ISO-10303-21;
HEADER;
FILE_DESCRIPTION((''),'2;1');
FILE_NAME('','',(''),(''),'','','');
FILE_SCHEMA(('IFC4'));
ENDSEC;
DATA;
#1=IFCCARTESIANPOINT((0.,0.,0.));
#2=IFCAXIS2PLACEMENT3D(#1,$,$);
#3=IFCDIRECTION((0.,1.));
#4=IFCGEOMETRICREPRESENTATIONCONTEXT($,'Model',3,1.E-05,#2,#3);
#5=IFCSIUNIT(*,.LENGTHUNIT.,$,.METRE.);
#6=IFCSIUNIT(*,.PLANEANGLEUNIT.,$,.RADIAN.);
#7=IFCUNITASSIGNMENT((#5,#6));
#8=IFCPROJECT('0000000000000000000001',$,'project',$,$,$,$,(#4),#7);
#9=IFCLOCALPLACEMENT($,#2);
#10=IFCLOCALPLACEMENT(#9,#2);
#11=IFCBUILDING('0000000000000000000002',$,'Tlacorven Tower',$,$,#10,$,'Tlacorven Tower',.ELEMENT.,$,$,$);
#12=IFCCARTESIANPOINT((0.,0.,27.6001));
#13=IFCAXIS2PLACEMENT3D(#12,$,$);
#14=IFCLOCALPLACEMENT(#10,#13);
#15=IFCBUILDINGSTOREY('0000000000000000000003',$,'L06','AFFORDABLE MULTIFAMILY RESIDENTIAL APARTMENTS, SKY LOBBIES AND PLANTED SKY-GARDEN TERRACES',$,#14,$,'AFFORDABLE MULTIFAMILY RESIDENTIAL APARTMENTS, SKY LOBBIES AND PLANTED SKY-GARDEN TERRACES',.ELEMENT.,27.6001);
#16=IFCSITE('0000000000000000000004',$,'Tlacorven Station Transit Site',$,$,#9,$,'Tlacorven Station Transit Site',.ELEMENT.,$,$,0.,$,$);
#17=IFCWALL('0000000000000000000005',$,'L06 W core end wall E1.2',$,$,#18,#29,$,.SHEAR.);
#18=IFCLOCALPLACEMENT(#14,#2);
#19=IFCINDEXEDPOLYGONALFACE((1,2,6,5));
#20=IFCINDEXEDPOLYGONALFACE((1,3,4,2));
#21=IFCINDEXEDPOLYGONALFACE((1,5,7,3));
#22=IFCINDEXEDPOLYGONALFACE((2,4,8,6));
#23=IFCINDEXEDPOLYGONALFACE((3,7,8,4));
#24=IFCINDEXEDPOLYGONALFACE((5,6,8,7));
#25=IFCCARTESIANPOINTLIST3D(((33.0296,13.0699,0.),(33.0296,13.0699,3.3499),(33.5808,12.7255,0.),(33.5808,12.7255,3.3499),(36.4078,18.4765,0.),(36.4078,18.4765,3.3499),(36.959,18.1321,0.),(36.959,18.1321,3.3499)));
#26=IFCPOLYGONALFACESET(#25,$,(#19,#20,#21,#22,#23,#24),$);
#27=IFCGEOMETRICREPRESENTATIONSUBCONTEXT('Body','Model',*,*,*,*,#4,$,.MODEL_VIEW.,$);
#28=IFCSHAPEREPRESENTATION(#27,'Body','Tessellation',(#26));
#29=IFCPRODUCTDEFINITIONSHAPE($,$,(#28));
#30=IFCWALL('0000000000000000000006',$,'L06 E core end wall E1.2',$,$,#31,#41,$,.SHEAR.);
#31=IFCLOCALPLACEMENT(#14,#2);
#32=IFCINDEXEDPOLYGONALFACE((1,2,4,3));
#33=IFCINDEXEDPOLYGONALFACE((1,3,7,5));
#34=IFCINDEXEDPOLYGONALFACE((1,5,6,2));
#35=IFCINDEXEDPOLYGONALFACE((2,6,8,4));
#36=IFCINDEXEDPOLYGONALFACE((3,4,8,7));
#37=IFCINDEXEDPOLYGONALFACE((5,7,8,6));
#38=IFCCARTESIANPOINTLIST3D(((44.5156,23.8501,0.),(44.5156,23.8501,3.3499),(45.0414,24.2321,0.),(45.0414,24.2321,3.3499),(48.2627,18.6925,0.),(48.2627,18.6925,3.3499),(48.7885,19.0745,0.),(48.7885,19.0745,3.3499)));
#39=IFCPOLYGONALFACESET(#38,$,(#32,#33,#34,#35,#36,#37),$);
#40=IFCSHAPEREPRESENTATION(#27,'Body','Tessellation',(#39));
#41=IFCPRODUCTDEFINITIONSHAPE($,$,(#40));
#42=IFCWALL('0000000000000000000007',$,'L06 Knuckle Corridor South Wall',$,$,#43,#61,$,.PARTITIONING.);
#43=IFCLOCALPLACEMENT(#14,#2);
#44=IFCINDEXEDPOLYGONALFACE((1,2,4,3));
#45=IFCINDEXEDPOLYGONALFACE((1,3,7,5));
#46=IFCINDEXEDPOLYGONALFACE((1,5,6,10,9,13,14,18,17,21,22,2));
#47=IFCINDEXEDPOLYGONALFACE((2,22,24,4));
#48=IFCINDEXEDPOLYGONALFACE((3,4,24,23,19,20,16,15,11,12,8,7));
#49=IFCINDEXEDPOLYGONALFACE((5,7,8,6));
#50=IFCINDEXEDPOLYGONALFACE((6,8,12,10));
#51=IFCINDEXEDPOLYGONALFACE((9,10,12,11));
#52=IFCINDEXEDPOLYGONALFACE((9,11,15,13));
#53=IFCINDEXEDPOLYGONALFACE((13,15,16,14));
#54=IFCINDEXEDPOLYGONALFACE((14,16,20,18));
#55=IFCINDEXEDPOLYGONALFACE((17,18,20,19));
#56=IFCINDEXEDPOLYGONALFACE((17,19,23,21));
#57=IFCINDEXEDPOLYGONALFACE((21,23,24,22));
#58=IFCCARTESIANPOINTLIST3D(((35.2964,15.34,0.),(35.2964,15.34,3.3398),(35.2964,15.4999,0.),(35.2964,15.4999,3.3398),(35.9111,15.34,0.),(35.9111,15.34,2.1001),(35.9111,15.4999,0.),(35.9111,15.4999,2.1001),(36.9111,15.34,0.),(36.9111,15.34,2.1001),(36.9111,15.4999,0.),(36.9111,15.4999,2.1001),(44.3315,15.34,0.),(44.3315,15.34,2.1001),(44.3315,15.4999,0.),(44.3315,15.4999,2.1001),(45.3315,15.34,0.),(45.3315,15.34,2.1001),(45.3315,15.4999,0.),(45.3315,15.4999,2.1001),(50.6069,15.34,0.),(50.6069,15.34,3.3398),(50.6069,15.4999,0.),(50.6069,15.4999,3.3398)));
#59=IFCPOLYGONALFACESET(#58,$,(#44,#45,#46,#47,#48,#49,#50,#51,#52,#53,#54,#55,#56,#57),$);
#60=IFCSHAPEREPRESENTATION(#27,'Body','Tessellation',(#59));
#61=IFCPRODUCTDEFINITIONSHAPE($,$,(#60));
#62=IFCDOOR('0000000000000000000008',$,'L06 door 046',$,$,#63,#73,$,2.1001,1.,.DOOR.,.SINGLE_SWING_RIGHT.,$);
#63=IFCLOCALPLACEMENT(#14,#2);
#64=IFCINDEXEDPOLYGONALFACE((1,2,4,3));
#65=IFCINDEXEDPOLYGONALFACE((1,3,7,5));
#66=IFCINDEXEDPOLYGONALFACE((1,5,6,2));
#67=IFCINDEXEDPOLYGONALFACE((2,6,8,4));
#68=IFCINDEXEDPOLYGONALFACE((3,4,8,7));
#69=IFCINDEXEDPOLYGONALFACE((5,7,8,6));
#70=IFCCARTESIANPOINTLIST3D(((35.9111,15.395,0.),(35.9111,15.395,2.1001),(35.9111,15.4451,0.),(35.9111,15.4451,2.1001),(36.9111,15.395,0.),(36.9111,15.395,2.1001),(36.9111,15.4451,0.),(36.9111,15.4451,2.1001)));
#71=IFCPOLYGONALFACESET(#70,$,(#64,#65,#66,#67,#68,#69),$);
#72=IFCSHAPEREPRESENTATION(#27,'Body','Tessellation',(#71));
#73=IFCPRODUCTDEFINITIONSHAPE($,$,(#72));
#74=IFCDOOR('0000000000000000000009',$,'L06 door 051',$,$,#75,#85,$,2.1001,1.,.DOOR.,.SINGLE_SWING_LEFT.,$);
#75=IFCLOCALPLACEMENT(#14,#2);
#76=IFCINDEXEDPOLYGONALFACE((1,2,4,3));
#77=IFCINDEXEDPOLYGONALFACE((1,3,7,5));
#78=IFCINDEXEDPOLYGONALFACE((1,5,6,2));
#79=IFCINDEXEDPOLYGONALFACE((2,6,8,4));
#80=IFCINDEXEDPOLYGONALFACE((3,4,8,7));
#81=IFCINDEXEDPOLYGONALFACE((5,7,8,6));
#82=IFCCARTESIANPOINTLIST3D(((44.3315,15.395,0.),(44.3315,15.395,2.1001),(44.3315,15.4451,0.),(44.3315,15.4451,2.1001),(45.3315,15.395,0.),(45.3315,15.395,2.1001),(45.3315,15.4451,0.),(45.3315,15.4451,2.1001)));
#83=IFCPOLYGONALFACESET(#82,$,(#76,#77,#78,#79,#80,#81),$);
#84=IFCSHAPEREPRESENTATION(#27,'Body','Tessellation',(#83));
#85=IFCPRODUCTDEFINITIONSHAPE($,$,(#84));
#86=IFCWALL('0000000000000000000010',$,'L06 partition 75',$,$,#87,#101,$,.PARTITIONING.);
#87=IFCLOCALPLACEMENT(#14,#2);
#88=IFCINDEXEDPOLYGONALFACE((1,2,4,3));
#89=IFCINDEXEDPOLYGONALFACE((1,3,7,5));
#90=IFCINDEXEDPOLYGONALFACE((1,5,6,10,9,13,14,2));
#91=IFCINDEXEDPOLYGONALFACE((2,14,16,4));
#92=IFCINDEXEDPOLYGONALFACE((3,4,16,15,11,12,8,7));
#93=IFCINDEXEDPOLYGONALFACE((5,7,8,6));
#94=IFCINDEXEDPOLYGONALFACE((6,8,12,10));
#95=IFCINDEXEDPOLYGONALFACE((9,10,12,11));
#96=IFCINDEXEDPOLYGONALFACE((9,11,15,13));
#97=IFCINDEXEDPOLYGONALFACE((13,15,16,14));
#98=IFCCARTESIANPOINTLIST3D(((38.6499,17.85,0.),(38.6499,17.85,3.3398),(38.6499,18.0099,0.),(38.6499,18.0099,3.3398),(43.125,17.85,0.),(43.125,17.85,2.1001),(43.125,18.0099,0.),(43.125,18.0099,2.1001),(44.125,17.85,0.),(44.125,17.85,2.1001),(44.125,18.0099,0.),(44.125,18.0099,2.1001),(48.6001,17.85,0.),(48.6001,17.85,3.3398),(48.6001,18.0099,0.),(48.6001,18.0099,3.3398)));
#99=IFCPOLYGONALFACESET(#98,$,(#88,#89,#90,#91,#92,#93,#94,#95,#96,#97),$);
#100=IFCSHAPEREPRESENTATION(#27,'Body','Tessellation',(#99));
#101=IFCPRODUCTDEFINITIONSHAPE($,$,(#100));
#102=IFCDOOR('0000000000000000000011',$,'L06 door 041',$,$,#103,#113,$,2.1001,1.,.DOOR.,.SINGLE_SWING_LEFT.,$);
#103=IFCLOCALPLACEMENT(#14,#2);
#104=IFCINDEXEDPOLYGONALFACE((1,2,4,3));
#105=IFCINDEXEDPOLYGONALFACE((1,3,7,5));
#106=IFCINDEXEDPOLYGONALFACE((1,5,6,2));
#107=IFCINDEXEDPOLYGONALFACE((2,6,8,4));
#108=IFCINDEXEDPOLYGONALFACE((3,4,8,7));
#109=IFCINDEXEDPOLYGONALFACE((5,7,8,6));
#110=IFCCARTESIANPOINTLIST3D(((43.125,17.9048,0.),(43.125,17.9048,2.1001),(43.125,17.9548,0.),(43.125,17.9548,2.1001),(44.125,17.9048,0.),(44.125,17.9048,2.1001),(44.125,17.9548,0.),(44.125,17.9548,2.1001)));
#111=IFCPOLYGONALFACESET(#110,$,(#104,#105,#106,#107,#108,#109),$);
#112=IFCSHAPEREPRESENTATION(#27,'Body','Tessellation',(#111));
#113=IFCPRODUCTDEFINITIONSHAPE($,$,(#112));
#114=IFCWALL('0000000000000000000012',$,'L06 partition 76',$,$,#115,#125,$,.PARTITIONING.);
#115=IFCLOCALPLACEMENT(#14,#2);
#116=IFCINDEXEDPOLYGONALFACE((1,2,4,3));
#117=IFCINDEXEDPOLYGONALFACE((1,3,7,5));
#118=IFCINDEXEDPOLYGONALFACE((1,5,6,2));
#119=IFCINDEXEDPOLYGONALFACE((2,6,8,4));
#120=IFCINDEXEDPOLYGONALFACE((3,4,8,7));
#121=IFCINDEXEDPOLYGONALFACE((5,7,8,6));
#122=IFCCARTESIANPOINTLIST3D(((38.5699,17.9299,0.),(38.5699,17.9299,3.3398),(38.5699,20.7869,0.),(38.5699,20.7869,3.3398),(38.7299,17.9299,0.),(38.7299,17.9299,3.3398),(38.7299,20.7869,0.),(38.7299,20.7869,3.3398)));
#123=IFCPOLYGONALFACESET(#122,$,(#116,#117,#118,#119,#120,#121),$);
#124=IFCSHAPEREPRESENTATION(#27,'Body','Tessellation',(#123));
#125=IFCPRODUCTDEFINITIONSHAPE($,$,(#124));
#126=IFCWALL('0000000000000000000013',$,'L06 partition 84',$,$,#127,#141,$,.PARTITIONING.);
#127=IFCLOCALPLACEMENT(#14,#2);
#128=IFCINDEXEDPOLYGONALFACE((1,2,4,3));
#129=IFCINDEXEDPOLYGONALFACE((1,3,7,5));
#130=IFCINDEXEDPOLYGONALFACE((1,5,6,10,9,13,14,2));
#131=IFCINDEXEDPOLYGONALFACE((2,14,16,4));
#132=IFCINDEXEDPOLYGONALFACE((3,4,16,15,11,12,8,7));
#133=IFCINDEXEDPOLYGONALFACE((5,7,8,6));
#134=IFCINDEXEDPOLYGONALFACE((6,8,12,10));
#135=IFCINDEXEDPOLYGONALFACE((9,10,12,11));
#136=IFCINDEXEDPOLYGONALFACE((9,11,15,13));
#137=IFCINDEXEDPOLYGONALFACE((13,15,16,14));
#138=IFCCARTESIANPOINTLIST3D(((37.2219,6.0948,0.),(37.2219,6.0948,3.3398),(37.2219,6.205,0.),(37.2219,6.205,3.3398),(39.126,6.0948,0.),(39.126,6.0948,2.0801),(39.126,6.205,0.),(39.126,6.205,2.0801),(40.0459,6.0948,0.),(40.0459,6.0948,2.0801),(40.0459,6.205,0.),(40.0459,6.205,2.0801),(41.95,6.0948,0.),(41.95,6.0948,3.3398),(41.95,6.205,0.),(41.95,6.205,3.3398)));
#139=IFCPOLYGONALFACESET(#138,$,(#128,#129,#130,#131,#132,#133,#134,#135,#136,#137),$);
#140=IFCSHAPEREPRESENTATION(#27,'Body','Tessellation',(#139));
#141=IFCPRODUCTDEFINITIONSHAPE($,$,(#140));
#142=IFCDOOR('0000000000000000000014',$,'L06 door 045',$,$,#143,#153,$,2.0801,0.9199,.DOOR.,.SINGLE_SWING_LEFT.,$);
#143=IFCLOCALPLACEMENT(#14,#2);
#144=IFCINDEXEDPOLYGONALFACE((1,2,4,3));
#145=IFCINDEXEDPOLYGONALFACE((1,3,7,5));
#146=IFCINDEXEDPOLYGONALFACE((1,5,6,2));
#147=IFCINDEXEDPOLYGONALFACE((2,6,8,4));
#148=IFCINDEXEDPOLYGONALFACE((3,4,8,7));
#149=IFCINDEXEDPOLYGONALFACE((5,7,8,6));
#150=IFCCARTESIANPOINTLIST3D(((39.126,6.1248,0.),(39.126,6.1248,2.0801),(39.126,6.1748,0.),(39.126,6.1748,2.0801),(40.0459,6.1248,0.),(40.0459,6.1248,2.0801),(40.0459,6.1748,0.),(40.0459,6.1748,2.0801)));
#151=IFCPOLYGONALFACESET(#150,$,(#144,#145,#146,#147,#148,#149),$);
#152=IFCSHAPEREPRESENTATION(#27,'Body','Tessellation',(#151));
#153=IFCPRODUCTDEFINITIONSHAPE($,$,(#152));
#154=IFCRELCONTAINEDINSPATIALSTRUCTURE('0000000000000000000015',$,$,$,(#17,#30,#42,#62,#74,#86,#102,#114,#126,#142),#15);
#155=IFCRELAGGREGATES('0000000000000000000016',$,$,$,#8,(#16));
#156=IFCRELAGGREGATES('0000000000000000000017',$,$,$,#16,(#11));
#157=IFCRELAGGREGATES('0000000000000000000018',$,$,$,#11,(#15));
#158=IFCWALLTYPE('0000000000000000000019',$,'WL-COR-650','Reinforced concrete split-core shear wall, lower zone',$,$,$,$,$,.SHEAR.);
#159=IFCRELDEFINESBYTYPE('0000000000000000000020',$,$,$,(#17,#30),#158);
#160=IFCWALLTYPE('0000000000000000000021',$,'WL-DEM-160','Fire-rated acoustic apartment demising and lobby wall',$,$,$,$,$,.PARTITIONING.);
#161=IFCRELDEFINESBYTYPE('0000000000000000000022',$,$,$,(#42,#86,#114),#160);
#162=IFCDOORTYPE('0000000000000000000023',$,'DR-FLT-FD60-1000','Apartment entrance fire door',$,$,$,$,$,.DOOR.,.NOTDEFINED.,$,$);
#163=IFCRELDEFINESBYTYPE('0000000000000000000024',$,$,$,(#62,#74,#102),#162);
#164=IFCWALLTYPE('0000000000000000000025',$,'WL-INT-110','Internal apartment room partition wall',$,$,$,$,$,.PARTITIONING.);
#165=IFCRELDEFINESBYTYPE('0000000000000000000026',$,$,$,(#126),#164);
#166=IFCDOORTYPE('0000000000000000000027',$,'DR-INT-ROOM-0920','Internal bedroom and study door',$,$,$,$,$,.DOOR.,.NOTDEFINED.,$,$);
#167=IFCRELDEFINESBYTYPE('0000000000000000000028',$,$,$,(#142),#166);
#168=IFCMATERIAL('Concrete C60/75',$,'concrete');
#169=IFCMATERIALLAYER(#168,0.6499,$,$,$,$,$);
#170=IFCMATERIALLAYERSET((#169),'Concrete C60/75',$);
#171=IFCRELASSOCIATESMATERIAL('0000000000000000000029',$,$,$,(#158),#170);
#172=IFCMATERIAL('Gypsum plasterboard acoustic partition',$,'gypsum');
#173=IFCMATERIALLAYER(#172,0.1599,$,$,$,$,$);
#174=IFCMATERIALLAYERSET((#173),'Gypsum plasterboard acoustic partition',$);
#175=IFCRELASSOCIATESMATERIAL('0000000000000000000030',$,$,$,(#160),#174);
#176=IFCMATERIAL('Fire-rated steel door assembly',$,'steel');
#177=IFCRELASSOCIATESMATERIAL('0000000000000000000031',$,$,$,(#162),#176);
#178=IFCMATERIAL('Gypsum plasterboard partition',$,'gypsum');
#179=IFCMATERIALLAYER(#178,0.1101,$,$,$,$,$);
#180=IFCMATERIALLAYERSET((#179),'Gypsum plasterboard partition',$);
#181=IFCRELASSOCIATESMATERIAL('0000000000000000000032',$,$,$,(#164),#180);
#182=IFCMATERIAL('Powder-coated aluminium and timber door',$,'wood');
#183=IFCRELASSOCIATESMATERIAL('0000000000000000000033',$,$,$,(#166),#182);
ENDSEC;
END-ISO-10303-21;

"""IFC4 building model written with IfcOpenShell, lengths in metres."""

from ifc_helpers import new_model, si_unit, direction, frame, frame_2d, origin, place, context, subcontext, project, spatial, rectangle, extrude, source, transform, mapped, material, layer, layer_set, type_object, element, fill, save


model = new_model("IFC4")

# Units and contexts
model_context = context("Model", 3, precision=1e-05, world=origin(), true_north=direction((0.0, 1.0)))
body_context = subcontext(model_context, "Body", "Model", "MODEL_VIEW")
ifc_project = project(units=[si_unit("LENGTHUNIT", "METRE"), si_unit("PLANEANGLEUNIT", "RADIAN")], contexts=[model_context])

# Site, building, storey
site_placement = place(None, origin())
site = spatial("IfcSite", under=ifc_project, at=site_placement, Name="Tlacorven Station Transit Site", LongName="Tlacorven Station Transit Site", CompositionType="ELEMENT", RefElevation=0.0)
building_placement = place(site_placement, origin())
building = spatial("IfcBuilding", under=site, at=building_placement, Name="Tlacorven Tower", LongName="Tlacorven Tower", CompositionType="ELEMENT")
storey_placement = place(building_placement, frame((0.0, 0.0, 27.6001)))
storey = spatial("IfcBuildingStorey", under=building, at=storey_placement, Name="L06", Description="AFFORDABLE MULTIFAMILY RESIDENTIAL APARTMENTS, SKY LOBBIES AND PLANTED SKY-GARDEN TERRACES", LongName="AFFORDABLE MULTIFAMILY RESIDENTIAL APARTMENTS, SKY LOBBIES AND PLANTED SKY-GARDEN TERRACES", CompositionType="ELEMENT", Elevation=27.6001)

# Walls
ifc_material_1 = material(Name="Concrete C60/75", Category="concrete")
ifc_layer_1 = layer(ifc_material_1, 0.6499)
ifc_layer_set_1 = layer_set([ifc_layer_1], Name="Concrete C60/75")
wall_type_1 = type_object("IfcWallType", Name="WL-COR-650", Description="Reinforced concrete split-core shear wall, lower zone", PredefinedType="SHEAR", material=ifc_layer_set_1)
wall_1_placement = place(storey_placement, frame((36.6833, 18.3042, 0.0), z_axis=(0.0, 0.0, 1.0), x_axis=(-0.529899, -0.848061, 0.0)))
element("IfcWall", 1, at=wall_1_placement, inside=storey, type_object=wall_type_1, Name="L06 W core end wall E1.2", PredefinedType="SHEAR", context=body_context, shape_type="SweptSolid", body=[
    extrude(rectangle(XDim=6.3752, YDim=0.6499, at=frame_2d((3.1875, 0.0))), origin(), (0.0, 0.0, 1.0), 3.3499),
])
wall_2_placement = place(storey_placement, frame((48.5256, 18.8835, 0.0), z_axis=(0.0, 0.0, 1.0), x_axis=(-0.58778, 0.809021, 0.0)))
element("IfcWall", 2, at=wall_2_placement, inside=storey, type_object=wall_type_1, Name="L06 E core end wall E1.2", PredefinedType="SHEAR", context=body_context, shape_type="SweptSolid", body=[
    extrude(rectangle(XDim=6.375, YDim=0.6499, at=frame_2d((3.1875, 0.0))), origin(), (0.0, 0.0, 1.0), 3.3499),
])

# Wall, openings, doors
ifc_material_2 = material(Name="Gypsum plasterboard acoustic partition", Category="gypsum")
ifc_layer_2 = layer(ifc_material_2, 0.1599)
ifc_layer_set_2 = layer_set([ifc_layer_2], Name="Gypsum plasterboard acoustic partition")
wall_type_2 = type_object("IfcWallType", Name="WL-DEM-160", Description="Fire-rated acoustic apartment demising and lobby wall", PredefinedType="PARTITIONING", material=ifc_layer_set_2)
wall_3_placement = place(storey_placement, frame((35.2964, 15.4199, 0.0), z_axis=(0.0, 0.0, 1.0), x_axis=(1.0, 0.0, 0.0)))
wall_3 = element("IfcWall", 3, at=wall_3_placement, inside=storey, type_object=wall_type_2, Name="L06 Knuckle Corridor South Wall", PredefinedType="PARTITIONING", context=body_context, shape_type="SweptSolid", body=[
    extrude(rectangle(XDim=15.3105, YDim=0.1599, at=frame_2d((7.6553, 0.0))), origin(), (0.0, 0.0, 1.0), 3.3398),
])
opening_1_placement = place(wall_3_placement, frame((0.6147, 0.0, 0.0)))
opening_1 = element("IfcOpeningElement", 4, at=opening_1_placement, cuts=wall_3, PredefinedType="OPENING", context=body_context, shape_type="SweptSolid", body=[
    extrude(rectangle(XDim=1.0, YDim=2.1001, at=frame_2d((0.5, 1.05))), frame((0.0, 0.0898, 0.0), z_axis=(0.0, -1.0, 0.0), x_axis=(1.0, 0.0, 0.0)), (0.0, 0.0, 1.0), 0.1799),
])
opening_2_placement = place(wall_3_placement, frame((9.0352, 0.0, 0.0)))
opening_2 = element("IfcOpeningElement", 5, at=opening_2_placement, cuts=wall_3, PredefinedType="OPENING", context=body_context, shape_type="SweptSolid", body=[
    extrude(rectangle(XDim=1.0, YDim=2.1001, at=frame_2d((0.5, 1.05))), frame((0.0, 0.0898, 0.0), z_axis=(0.0, -1.0, 0.0), x_axis=(1.0, 0.0, 0.0)), (0.0, 0.0, 1.0), 0.1799),
])
ifc_material_3 = material(Name="Fire-rated steel door assembly", Category="steel")
door_type_1 = type_object("IfcDoorType", Name="DR-FLT-FD60-1000", Description="Apartment entrance fire door", OperationType="NOTDEFINED", PredefinedType="DOOR", material=ifc_material_3)
shared_shape_1 = source(origin(), body_context, "Body", "SweptSolid", [
    extrude(rectangle(XDim=1.0, YDim=2.1001, at=frame_2d((0.5, 1.05))), frame((0.0, 0.0249, 0.0), z_axis=(0.0, -1.0, 0.0), x_axis=(1.0, 0.0, 0.0)), (0.0, 0.0, 1.0), 0.05),
])
door_1_placement = place(opening_1_placement, frame((1.0, 0.0, 0.0), z_axis=(0.0, 0.0, 1.0), x_axis=(-1.0, 0.0, 0.0)))
door_1 = element("IfcDoor", 6, at=door_1_placement, inside=storey, type_object=door_type_1, Name="L06 door 046", OperationType="SINGLE_SWING_RIGHT", OverallHeight=2.1001, OverallWidth=1.0, PredefinedType="DOOR", context=body_context, shape_type="MappedRepresentation", body=[
    mapped(shared_shape_1, transform((0.0, 0.0, 0.0), scale=1.0)),
])
fill(opening_1, door_1)
door_2_placement = place(opening_2_placement, frame((1.0, 0.0, 0.0), z_axis=(0.0, 0.0, 1.0), x_axis=(-1.0, 0.0, 0.0)))
door_2 = element("IfcDoor", 7, at=door_2_placement, inside=storey, type_object=door_type_1, Name="L06 door 051", OperationType="SINGLE_SWING_LEFT", OverallHeight=2.1001, OverallWidth=1.0, PredefinedType="DOOR", context=body_context, shape_type="MappedRepresentation", body=[
    mapped(shared_shape_1, transform((0.0, 0.0, 0.0), scale=1.0)),
])
fill(opening_2, door_2)

# Wall, opening, door
wall_4_placement = place(storey_placement, frame((38.6499, 17.9299, 0.0), z_axis=(0.0, 0.0, 1.0), x_axis=(1.0, 0.0, 0.0)))
wall_4 = element("IfcWall", 8, at=wall_4_placement, inside=storey, type_object=wall_type_2, Name="L06 partition 75", PredefinedType="PARTITIONING", context=body_context, shape_type="SweptSolid", body=[
    extrude(rectangle(XDim=9.9502, YDim=0.1599, at=frame_2d((4.9751, 0.0))), origin(), (0.0, 0.0, 1.0), 3.3398),
])
opening_3_placement = place(wall_4_placement, frame((4.4751, 0.0, 0.0)))
opening_3 = element("IfcOpeningElement", 9, at=opening_3_placement, cuts=wall_4, PredefinedType="OPENING", context=body_context, shape_type="SweptSolid", body=[
    extrude(rectangle(XDim=1.0, YDim=2.1001, at=frame_2d((0.5, 1.05))), frame((0.0, 0.0898, 0.0), z_axis=(0.0, -1.0, 0.0), x_axis=(1.0, 0.0, 0.0)), (0.0, 0.0, 1.0), 0.1799),
])
door_3_placement = place(opening_3_placement, origin())
door_3 = element("IfcDoor", 10, at=door_3_placement, inside=storey, type_object=door_type_1, Name="L06 door 041", OperationType="SINGLE_SWING_LEFT", OverallHeight=2.1001, OverallWidth=1.0, PredefinedType="DOOR", context=body_context, shape_type="MappedRepresentation", body=[
    mapped(shared_shape_1, transform((0.0, 0.0, 0.0), scale=1.0)),
])
fill(opening_3, door_3)

# Wall
wall_5_placement = place(storey_placement, frame((38.6499, 17.9299, 0.0), z_axis=(0.0, 0.0, 1.0), x_axis=(0.0, 1.0, 0.0)))
element("IfcWall", 11, at=wall_5_placement, inside=storey, type_object=wall_type_2, Name="L06 partition 76", PredefinedType="PARTITIONING", context=body_context, shape_type="SweptSolid", body=[
    extrude(rectangle(XDim=2.8569, YDim=0.1599, at=frame_2d((1.4285, 0.0))), origin(), (0.0, 0.0, 1.0), 3.3398),
])

# Wall, opening, door
ifc_material_4 = material(Name="Gypsum plasterboard partition", Category="gypsum")
ifc_layer_3 = layer(ifc_material_4, 0.1101)
ifc_layer_set_3 = layer_set([ifc_layer_3], Name="Gypsum plasterboard partition")
wall_type_3 = type_object("IfcWallType", Name="WL-INT-110", Description="Internal apartment room partition wall", PredefinedType="PARTITIONING", material=ifc_layer_set_3)
wall_6_placement = place(storey_placement, frame((37.2219, 6.1499, 0.0), z_axis=(0.0, 0.0, 1.0), x_axis=(1.0, 0.0, 0.0)))
wall_6 = element("IfcWall", 12, at=wall_6_placement, inside=storey, type_object=wall_type_3, Name="L06 partition 84", PredefinedType="PARTITIONING", context=body_context, shape_type="SweptSolid", body=[
    extrude(rectangle(XDim=4.728, YDim=0.1101, at=frame_2d((2.364, 0.0))), origin(), (0.0, 0.0, 1.0), 3.3398),
])
opening_4_placement = place(wall_6_placement, frame((1.9041, 0.0, 0.0)))
opening_4 = element("IfcOpeningElement", 13, at=opening_4_placement, cuts=wall_6, PredefinedType="OPENING", context=body_context, shape_type="SweptSolid", body=[
    extrude(rectangle(XDim=0.9199, YDim=2.0801, at=frame_2d((0.46, 1.04))), frame((0.0, 0.0649, 0.0), z_axis=(0.0, -1.0, 0.0), x_axis=(1.0, 0.0, 0.0)), (0.0, 0.0, 1.0), 0.1301),
])
ifc_material_5 = material(Name="Powder-coated aluminium and timber door", Category="wood")
door_type_2 = type_object("IfcDoorType", Name="DR-INT-ROOM-0920", Description="Internal bedroom and study door", OperationType="NOTDEFINED", PredefinedType="DOOR", material=ifc_material_5)
shared_shape_2 = source(origin(), body_context, "Body", "SweptSolid", [
    extrude(rectangle(XDim=0.9199, YDim=2.0801, at=frame_2d((0.46, 1.04))), frame((0.0, 0.0249, 0.0), z_axis=(0.0, -1.0, 0.0), x_axis=(1.0, 0.0, 0.0)), (0.0, 0.0, 1.0), 0.05),
])
door_4_placement = place(opening_4_placement, origin())
door_4 = element("IfcDoor", 14, at=door_4_placement, inside=storey, type_object=door_type_2, Name="L06 door 045", OperationType="SINGLE_SWING_LEFT", OverallHeight=2.0801, OverallWidth=0.9199, PredefinedType="DOOR", context=body_context, shape_type="MappedRepresentation", body=[
    mapped(shared_shape_2, transform((0.0, 0.0, 0.0), scale=1.0)),
])
fill(opening_4, door_4)

save(model, "model.ifc")
